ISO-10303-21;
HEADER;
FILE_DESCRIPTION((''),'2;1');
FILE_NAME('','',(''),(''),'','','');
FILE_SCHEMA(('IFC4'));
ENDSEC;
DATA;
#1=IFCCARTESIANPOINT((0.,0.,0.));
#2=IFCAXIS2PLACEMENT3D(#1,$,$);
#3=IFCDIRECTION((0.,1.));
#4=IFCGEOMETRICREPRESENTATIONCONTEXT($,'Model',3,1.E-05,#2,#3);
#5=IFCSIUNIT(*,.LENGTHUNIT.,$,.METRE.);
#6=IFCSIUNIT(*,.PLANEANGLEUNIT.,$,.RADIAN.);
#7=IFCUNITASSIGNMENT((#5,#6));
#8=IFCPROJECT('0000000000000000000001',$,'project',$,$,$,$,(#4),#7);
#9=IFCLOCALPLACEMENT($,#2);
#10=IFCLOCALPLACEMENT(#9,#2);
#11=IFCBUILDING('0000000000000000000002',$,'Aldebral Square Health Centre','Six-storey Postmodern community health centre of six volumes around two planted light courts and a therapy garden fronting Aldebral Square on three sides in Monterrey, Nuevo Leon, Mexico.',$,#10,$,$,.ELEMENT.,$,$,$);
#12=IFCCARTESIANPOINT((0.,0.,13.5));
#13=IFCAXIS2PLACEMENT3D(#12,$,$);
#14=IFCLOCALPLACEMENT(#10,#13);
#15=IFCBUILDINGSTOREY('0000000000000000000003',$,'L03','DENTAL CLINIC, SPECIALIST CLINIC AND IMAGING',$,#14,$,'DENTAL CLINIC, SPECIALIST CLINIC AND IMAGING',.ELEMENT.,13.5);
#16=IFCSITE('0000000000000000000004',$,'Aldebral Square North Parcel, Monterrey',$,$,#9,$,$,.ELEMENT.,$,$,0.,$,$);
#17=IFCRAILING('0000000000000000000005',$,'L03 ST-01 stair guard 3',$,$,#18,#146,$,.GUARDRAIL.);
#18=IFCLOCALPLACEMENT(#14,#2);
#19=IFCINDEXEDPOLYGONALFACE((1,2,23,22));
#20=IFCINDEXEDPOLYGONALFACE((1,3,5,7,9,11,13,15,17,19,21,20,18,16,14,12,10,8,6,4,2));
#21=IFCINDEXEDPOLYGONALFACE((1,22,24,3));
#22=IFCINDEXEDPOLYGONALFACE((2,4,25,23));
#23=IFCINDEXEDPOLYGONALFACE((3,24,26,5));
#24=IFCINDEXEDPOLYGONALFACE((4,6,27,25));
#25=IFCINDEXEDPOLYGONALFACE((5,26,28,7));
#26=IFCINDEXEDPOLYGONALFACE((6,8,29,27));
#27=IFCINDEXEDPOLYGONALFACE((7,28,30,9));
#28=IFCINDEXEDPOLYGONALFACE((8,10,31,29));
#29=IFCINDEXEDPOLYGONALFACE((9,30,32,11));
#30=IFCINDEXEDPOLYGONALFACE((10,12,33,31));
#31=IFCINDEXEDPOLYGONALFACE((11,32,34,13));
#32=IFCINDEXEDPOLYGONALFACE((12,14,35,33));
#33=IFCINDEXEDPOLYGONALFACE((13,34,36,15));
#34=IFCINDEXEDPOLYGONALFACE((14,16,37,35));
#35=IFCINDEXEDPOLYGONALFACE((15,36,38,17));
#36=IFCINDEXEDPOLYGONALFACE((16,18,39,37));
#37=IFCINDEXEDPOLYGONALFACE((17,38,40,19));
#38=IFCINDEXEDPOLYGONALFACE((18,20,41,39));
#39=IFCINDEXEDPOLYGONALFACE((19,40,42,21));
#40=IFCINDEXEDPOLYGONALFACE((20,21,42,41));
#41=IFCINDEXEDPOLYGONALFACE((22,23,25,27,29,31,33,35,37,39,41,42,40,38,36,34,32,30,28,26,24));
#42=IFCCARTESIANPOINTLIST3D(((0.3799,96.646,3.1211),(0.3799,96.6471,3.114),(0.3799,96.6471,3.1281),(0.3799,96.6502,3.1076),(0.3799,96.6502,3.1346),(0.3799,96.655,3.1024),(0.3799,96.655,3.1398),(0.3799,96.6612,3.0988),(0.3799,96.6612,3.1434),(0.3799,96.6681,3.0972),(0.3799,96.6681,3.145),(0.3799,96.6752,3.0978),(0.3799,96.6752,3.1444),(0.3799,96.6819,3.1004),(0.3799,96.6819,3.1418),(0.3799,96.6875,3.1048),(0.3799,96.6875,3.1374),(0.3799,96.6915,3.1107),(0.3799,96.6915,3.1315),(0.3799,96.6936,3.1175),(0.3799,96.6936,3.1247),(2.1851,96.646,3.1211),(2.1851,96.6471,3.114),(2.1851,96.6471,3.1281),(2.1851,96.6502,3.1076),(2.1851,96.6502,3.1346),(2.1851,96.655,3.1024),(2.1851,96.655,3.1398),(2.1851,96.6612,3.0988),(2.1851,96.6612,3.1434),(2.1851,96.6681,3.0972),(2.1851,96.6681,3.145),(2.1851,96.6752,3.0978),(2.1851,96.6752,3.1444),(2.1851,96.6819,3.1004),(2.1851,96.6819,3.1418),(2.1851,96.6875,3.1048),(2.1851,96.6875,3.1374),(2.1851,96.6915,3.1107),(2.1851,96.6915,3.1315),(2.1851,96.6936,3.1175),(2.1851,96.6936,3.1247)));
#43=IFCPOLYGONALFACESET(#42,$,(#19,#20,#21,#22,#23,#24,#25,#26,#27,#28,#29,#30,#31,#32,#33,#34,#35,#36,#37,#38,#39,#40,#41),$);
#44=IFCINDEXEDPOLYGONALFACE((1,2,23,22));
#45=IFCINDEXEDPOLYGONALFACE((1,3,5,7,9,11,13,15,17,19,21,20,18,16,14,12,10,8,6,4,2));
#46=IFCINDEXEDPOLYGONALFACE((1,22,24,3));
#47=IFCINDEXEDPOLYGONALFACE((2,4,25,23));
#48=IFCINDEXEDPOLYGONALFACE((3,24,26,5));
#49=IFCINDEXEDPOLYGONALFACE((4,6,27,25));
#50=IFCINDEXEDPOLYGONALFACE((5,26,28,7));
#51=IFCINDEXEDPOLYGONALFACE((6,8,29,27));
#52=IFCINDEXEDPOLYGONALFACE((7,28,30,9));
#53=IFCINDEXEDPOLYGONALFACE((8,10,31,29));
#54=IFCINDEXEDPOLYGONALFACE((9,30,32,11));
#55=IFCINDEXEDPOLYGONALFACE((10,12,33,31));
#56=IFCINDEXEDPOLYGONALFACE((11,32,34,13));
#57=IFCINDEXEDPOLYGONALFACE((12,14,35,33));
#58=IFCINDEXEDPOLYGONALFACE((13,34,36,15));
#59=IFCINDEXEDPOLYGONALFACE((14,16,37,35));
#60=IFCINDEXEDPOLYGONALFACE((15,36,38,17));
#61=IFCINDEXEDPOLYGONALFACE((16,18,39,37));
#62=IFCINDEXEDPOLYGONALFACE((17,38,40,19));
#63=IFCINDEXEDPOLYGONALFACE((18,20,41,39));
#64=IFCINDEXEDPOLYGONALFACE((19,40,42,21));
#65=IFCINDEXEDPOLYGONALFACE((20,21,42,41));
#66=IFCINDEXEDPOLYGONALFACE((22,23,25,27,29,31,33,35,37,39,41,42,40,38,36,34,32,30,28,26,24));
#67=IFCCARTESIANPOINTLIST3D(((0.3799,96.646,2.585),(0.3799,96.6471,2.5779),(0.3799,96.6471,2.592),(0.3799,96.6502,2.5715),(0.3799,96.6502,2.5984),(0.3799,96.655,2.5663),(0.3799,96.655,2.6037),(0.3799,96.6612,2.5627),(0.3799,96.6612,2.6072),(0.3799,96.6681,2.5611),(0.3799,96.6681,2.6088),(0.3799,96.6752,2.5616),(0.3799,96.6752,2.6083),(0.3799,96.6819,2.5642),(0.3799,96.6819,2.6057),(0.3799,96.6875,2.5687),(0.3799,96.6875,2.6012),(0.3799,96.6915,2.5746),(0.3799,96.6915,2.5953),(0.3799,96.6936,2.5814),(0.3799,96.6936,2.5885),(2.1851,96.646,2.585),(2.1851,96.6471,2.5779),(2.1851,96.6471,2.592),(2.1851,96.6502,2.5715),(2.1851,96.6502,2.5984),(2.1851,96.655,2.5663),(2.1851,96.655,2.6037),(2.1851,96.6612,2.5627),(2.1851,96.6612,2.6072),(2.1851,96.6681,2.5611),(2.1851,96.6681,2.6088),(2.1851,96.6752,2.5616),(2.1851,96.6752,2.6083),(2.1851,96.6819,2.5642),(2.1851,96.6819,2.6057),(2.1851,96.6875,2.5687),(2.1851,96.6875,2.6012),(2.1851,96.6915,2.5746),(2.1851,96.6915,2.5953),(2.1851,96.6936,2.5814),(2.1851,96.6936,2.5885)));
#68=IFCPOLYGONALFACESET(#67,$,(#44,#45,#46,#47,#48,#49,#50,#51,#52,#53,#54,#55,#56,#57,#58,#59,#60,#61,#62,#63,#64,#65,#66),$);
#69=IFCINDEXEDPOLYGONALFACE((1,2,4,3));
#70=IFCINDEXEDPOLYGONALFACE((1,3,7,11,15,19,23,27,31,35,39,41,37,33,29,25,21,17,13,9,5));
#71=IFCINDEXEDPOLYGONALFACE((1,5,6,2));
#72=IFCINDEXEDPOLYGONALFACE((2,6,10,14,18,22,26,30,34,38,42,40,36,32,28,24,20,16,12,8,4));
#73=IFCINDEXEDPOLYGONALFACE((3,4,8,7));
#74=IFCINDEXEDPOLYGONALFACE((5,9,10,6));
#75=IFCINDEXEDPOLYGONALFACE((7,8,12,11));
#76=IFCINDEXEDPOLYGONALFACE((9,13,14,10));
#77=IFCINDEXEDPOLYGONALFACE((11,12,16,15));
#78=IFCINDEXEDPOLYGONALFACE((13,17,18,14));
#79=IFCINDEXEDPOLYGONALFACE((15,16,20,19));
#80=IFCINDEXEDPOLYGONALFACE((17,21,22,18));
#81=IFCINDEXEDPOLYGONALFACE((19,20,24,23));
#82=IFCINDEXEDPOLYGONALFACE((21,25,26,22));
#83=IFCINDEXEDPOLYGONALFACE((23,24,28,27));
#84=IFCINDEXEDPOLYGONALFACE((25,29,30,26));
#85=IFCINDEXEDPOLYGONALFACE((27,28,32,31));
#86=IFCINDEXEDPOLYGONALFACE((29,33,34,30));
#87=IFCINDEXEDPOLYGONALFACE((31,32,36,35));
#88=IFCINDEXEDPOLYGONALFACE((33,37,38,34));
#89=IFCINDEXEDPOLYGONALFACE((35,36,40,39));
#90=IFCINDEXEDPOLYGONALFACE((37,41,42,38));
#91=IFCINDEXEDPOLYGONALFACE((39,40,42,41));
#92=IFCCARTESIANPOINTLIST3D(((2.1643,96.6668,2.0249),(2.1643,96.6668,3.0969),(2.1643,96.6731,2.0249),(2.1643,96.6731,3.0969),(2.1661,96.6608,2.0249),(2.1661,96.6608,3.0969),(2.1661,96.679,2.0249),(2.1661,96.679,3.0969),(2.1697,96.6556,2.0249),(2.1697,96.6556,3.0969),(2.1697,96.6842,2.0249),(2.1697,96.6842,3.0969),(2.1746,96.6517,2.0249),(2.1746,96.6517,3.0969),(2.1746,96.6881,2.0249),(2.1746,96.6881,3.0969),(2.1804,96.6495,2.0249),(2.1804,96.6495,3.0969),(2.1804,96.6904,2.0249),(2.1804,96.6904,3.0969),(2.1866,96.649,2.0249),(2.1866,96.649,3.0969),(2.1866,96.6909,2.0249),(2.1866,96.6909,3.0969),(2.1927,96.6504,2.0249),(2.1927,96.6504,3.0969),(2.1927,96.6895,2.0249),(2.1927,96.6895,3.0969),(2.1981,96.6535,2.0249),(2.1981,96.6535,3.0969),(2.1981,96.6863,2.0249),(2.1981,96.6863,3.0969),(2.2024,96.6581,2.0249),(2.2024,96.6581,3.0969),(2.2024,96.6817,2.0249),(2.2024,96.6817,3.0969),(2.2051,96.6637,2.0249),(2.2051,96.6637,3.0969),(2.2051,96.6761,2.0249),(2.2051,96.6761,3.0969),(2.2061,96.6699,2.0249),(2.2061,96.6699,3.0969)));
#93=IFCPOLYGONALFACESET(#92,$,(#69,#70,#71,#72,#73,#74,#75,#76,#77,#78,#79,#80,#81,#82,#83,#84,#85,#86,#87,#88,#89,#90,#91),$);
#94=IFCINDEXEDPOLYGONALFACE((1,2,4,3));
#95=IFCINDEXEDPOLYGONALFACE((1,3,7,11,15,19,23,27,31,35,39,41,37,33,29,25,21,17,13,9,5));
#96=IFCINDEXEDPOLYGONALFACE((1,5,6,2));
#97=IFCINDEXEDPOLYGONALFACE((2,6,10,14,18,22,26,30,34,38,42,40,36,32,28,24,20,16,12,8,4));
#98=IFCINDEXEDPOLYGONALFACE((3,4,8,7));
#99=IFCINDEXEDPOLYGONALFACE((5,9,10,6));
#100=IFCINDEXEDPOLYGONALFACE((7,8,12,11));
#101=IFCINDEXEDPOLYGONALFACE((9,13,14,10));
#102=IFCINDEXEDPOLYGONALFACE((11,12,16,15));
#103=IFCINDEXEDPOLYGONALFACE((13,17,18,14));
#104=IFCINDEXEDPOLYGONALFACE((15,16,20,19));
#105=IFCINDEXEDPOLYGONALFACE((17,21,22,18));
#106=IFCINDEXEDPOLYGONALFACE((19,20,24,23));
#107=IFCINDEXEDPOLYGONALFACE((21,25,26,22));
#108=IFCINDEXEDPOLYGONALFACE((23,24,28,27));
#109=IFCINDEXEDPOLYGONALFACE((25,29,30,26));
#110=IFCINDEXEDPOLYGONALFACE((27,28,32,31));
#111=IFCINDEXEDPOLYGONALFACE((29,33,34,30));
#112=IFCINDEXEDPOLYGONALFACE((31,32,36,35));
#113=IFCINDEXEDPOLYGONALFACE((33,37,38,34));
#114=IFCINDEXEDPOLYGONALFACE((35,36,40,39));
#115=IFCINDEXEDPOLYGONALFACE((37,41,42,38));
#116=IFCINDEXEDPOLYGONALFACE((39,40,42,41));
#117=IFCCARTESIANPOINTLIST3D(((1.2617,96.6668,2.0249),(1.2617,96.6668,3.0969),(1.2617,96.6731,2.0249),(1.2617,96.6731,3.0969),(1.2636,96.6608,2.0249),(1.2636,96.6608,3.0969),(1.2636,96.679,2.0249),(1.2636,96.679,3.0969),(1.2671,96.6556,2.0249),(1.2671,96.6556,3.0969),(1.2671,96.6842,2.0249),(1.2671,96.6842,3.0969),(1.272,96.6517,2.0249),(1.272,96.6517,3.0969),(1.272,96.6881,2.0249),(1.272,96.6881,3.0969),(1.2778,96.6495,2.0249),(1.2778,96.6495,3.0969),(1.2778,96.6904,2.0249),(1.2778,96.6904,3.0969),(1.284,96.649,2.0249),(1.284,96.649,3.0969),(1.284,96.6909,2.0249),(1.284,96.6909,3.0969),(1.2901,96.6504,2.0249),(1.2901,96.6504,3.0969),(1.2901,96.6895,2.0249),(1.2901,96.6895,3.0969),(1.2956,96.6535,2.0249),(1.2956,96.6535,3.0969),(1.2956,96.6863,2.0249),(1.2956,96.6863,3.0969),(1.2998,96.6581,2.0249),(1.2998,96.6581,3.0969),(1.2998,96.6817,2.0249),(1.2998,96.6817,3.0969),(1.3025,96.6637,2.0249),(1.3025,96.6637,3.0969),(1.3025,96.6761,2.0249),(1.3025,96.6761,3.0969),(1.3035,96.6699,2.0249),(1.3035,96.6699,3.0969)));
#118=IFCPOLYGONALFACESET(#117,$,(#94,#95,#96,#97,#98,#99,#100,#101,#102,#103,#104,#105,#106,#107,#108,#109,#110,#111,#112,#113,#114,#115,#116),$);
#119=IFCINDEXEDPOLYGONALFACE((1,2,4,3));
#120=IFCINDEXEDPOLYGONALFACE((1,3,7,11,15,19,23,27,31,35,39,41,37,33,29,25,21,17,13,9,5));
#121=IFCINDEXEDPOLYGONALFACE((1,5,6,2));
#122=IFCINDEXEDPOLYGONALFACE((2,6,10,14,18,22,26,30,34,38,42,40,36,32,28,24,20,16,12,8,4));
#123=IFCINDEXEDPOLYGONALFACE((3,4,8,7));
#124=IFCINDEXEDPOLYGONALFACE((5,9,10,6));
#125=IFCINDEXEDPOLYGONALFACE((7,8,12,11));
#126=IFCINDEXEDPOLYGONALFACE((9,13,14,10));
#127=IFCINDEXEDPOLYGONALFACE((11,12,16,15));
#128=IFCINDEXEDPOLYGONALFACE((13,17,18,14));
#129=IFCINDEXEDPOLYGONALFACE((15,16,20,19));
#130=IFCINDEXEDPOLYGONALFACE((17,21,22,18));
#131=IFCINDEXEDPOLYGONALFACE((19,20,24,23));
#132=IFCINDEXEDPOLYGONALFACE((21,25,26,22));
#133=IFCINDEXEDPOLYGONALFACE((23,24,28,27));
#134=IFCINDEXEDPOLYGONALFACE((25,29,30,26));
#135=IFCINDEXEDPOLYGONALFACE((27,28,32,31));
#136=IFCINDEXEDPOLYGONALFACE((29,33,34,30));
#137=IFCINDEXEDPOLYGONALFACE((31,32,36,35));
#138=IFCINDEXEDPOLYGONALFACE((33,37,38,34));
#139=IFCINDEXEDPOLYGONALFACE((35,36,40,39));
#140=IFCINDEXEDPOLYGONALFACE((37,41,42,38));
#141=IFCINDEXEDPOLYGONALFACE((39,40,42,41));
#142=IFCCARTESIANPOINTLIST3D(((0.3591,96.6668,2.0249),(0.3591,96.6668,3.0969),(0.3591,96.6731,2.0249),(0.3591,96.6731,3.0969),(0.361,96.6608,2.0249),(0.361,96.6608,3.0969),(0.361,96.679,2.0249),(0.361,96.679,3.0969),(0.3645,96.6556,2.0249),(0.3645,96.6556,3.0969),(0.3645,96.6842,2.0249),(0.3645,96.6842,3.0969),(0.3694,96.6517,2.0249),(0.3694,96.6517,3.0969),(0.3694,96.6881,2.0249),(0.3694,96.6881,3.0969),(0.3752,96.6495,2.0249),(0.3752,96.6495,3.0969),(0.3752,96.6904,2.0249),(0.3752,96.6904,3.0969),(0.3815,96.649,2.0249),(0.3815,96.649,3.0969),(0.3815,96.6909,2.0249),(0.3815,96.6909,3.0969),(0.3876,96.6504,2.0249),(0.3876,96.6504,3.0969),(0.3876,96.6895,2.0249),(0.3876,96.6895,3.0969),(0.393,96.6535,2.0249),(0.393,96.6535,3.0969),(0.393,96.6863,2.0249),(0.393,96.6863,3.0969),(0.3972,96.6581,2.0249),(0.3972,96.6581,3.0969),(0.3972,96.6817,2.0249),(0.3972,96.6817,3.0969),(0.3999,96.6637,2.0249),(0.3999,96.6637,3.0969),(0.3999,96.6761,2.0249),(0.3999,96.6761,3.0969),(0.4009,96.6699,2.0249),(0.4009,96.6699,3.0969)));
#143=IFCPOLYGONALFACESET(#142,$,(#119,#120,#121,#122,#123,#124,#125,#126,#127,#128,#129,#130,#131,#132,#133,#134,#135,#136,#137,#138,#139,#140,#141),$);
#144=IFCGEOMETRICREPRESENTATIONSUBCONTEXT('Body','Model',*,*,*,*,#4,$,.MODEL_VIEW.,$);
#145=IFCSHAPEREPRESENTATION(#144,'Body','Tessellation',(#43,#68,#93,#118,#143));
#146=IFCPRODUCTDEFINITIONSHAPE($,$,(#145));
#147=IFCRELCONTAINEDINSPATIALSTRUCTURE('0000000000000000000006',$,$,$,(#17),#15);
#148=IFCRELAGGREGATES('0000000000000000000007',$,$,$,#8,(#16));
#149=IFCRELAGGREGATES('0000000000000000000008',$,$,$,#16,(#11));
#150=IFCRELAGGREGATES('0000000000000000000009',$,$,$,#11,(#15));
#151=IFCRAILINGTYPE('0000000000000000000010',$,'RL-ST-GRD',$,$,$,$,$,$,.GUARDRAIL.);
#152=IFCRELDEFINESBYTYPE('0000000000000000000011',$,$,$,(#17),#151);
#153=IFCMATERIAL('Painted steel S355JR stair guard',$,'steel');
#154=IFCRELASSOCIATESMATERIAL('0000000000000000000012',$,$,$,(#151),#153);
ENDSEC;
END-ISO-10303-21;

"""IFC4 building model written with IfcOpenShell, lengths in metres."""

from ifc_helpers import new_model, si_unit, direction, frame, origin, origin_2d, place, context, subcontext, project, spatial, circle, extrude, material, type_object, element, save


model = new_model("IFC4")

# Units and contexts
model_context = context("Model", 3, precision=1e-05, world=origin(), true_north=direction((0.0, 1.0)))
body_context = subcontext(model_context, "Body", "Model", "MODEL_VIEW")
ifc_project = project(units=[si_unit("LENGTHUNIT", "METRE"), si_unit("PLANEANGLEUNIT", "RADIAN")], contexts=[model_context])

# Site, building, storey
site_placement = place(None, origin())
site = spatial("IfcSite", under=ifc_project, at=site_placement, Name="Aldebral Square North Parcel, Monterrey", CompositionType="ELEMENT", RefElevation=0.0)
building_placement = place(site_placement, origin())
building = spatial("IfcBuilding", under=site, at=building_placement, Name="Aldebral Square Health Centre", Description="Six-storey Postmodern community health centre of six volumes around two planted light courts and a therapy garden fronting Aldebral Square on three sides in Monterrey, Nuevo Leon, Mexico.", CompositionType="ELEMENT")
storey_placement = place(building_placement, frame((0.0, 0.0, 13.5)))
storey = spatial("IfcBuildingStorey", under=building, at=storey_placement, Name="L03", Description="DENTAL CLINIC, SPECIALIST CLINIC AND IMAGING", LongName="DENTAL CLINIC, SPECIALIST CLINIC AND IMAGING", CompositionType="ELEMENT", Elevation=13.5)

# Railing
ifc_material_1 = material(Name="Painted steel S355JR stair guard", Category="steel")
railing_type_1 = type_object("IfcRailingType", Name="RL-ST-GRD", PredefinedType="GUARDRAIL", material=ifc_material_1)
for number, where, name in (
    (1, (2.1851, 96.6699, 2.0249), "L03 ST-01 stair guard 3"),
):
    element("IfcRailing", number, at=place(storey_placement, frame(where)), inside=storey, type_object=railing_type_1, Name=name, PredefinedType="GUARDRAIL", context=body_context, shape_type="SweptSolid", body=[
        extrude(circle(Radius=0.0239, at=origin_2d()), frame((0.0, 0.0, 1.0962), z_axis=(-1.0, 0.0, 0.0), x_axis=(0.0, -1.0, 0.0)), (0.0, 0.0, 1.0), 1.8052),
        extrude(circle(Radius=0.0239, at=origin_2d()), frame((0.0, 0.0, 0.5601), z_axis=(-1.0, 0.0, 0.0), x_axis=(0.0, -1.0, 0.0)), (0.0, 0.0, 1.0), 1.8052),
        extrude(circle(Radius=0.021, at=origin_2d()), origin(), (0.0, 0.0, 1.0), 1.072),
        extrude(circle(Radius=0.021, at=origin_2d()), frame((-0.9026, 0.0, 0.0)), (0.0, 0.0, 1.0), 1.072),
        extrude(circle(Radius=0.021, at=origin_2d()), frame((-1.8052, 0.0, 0.0)), (0.0, 0.0, 1.0), 1.072),
    ])

save(model, "model.ifc")
